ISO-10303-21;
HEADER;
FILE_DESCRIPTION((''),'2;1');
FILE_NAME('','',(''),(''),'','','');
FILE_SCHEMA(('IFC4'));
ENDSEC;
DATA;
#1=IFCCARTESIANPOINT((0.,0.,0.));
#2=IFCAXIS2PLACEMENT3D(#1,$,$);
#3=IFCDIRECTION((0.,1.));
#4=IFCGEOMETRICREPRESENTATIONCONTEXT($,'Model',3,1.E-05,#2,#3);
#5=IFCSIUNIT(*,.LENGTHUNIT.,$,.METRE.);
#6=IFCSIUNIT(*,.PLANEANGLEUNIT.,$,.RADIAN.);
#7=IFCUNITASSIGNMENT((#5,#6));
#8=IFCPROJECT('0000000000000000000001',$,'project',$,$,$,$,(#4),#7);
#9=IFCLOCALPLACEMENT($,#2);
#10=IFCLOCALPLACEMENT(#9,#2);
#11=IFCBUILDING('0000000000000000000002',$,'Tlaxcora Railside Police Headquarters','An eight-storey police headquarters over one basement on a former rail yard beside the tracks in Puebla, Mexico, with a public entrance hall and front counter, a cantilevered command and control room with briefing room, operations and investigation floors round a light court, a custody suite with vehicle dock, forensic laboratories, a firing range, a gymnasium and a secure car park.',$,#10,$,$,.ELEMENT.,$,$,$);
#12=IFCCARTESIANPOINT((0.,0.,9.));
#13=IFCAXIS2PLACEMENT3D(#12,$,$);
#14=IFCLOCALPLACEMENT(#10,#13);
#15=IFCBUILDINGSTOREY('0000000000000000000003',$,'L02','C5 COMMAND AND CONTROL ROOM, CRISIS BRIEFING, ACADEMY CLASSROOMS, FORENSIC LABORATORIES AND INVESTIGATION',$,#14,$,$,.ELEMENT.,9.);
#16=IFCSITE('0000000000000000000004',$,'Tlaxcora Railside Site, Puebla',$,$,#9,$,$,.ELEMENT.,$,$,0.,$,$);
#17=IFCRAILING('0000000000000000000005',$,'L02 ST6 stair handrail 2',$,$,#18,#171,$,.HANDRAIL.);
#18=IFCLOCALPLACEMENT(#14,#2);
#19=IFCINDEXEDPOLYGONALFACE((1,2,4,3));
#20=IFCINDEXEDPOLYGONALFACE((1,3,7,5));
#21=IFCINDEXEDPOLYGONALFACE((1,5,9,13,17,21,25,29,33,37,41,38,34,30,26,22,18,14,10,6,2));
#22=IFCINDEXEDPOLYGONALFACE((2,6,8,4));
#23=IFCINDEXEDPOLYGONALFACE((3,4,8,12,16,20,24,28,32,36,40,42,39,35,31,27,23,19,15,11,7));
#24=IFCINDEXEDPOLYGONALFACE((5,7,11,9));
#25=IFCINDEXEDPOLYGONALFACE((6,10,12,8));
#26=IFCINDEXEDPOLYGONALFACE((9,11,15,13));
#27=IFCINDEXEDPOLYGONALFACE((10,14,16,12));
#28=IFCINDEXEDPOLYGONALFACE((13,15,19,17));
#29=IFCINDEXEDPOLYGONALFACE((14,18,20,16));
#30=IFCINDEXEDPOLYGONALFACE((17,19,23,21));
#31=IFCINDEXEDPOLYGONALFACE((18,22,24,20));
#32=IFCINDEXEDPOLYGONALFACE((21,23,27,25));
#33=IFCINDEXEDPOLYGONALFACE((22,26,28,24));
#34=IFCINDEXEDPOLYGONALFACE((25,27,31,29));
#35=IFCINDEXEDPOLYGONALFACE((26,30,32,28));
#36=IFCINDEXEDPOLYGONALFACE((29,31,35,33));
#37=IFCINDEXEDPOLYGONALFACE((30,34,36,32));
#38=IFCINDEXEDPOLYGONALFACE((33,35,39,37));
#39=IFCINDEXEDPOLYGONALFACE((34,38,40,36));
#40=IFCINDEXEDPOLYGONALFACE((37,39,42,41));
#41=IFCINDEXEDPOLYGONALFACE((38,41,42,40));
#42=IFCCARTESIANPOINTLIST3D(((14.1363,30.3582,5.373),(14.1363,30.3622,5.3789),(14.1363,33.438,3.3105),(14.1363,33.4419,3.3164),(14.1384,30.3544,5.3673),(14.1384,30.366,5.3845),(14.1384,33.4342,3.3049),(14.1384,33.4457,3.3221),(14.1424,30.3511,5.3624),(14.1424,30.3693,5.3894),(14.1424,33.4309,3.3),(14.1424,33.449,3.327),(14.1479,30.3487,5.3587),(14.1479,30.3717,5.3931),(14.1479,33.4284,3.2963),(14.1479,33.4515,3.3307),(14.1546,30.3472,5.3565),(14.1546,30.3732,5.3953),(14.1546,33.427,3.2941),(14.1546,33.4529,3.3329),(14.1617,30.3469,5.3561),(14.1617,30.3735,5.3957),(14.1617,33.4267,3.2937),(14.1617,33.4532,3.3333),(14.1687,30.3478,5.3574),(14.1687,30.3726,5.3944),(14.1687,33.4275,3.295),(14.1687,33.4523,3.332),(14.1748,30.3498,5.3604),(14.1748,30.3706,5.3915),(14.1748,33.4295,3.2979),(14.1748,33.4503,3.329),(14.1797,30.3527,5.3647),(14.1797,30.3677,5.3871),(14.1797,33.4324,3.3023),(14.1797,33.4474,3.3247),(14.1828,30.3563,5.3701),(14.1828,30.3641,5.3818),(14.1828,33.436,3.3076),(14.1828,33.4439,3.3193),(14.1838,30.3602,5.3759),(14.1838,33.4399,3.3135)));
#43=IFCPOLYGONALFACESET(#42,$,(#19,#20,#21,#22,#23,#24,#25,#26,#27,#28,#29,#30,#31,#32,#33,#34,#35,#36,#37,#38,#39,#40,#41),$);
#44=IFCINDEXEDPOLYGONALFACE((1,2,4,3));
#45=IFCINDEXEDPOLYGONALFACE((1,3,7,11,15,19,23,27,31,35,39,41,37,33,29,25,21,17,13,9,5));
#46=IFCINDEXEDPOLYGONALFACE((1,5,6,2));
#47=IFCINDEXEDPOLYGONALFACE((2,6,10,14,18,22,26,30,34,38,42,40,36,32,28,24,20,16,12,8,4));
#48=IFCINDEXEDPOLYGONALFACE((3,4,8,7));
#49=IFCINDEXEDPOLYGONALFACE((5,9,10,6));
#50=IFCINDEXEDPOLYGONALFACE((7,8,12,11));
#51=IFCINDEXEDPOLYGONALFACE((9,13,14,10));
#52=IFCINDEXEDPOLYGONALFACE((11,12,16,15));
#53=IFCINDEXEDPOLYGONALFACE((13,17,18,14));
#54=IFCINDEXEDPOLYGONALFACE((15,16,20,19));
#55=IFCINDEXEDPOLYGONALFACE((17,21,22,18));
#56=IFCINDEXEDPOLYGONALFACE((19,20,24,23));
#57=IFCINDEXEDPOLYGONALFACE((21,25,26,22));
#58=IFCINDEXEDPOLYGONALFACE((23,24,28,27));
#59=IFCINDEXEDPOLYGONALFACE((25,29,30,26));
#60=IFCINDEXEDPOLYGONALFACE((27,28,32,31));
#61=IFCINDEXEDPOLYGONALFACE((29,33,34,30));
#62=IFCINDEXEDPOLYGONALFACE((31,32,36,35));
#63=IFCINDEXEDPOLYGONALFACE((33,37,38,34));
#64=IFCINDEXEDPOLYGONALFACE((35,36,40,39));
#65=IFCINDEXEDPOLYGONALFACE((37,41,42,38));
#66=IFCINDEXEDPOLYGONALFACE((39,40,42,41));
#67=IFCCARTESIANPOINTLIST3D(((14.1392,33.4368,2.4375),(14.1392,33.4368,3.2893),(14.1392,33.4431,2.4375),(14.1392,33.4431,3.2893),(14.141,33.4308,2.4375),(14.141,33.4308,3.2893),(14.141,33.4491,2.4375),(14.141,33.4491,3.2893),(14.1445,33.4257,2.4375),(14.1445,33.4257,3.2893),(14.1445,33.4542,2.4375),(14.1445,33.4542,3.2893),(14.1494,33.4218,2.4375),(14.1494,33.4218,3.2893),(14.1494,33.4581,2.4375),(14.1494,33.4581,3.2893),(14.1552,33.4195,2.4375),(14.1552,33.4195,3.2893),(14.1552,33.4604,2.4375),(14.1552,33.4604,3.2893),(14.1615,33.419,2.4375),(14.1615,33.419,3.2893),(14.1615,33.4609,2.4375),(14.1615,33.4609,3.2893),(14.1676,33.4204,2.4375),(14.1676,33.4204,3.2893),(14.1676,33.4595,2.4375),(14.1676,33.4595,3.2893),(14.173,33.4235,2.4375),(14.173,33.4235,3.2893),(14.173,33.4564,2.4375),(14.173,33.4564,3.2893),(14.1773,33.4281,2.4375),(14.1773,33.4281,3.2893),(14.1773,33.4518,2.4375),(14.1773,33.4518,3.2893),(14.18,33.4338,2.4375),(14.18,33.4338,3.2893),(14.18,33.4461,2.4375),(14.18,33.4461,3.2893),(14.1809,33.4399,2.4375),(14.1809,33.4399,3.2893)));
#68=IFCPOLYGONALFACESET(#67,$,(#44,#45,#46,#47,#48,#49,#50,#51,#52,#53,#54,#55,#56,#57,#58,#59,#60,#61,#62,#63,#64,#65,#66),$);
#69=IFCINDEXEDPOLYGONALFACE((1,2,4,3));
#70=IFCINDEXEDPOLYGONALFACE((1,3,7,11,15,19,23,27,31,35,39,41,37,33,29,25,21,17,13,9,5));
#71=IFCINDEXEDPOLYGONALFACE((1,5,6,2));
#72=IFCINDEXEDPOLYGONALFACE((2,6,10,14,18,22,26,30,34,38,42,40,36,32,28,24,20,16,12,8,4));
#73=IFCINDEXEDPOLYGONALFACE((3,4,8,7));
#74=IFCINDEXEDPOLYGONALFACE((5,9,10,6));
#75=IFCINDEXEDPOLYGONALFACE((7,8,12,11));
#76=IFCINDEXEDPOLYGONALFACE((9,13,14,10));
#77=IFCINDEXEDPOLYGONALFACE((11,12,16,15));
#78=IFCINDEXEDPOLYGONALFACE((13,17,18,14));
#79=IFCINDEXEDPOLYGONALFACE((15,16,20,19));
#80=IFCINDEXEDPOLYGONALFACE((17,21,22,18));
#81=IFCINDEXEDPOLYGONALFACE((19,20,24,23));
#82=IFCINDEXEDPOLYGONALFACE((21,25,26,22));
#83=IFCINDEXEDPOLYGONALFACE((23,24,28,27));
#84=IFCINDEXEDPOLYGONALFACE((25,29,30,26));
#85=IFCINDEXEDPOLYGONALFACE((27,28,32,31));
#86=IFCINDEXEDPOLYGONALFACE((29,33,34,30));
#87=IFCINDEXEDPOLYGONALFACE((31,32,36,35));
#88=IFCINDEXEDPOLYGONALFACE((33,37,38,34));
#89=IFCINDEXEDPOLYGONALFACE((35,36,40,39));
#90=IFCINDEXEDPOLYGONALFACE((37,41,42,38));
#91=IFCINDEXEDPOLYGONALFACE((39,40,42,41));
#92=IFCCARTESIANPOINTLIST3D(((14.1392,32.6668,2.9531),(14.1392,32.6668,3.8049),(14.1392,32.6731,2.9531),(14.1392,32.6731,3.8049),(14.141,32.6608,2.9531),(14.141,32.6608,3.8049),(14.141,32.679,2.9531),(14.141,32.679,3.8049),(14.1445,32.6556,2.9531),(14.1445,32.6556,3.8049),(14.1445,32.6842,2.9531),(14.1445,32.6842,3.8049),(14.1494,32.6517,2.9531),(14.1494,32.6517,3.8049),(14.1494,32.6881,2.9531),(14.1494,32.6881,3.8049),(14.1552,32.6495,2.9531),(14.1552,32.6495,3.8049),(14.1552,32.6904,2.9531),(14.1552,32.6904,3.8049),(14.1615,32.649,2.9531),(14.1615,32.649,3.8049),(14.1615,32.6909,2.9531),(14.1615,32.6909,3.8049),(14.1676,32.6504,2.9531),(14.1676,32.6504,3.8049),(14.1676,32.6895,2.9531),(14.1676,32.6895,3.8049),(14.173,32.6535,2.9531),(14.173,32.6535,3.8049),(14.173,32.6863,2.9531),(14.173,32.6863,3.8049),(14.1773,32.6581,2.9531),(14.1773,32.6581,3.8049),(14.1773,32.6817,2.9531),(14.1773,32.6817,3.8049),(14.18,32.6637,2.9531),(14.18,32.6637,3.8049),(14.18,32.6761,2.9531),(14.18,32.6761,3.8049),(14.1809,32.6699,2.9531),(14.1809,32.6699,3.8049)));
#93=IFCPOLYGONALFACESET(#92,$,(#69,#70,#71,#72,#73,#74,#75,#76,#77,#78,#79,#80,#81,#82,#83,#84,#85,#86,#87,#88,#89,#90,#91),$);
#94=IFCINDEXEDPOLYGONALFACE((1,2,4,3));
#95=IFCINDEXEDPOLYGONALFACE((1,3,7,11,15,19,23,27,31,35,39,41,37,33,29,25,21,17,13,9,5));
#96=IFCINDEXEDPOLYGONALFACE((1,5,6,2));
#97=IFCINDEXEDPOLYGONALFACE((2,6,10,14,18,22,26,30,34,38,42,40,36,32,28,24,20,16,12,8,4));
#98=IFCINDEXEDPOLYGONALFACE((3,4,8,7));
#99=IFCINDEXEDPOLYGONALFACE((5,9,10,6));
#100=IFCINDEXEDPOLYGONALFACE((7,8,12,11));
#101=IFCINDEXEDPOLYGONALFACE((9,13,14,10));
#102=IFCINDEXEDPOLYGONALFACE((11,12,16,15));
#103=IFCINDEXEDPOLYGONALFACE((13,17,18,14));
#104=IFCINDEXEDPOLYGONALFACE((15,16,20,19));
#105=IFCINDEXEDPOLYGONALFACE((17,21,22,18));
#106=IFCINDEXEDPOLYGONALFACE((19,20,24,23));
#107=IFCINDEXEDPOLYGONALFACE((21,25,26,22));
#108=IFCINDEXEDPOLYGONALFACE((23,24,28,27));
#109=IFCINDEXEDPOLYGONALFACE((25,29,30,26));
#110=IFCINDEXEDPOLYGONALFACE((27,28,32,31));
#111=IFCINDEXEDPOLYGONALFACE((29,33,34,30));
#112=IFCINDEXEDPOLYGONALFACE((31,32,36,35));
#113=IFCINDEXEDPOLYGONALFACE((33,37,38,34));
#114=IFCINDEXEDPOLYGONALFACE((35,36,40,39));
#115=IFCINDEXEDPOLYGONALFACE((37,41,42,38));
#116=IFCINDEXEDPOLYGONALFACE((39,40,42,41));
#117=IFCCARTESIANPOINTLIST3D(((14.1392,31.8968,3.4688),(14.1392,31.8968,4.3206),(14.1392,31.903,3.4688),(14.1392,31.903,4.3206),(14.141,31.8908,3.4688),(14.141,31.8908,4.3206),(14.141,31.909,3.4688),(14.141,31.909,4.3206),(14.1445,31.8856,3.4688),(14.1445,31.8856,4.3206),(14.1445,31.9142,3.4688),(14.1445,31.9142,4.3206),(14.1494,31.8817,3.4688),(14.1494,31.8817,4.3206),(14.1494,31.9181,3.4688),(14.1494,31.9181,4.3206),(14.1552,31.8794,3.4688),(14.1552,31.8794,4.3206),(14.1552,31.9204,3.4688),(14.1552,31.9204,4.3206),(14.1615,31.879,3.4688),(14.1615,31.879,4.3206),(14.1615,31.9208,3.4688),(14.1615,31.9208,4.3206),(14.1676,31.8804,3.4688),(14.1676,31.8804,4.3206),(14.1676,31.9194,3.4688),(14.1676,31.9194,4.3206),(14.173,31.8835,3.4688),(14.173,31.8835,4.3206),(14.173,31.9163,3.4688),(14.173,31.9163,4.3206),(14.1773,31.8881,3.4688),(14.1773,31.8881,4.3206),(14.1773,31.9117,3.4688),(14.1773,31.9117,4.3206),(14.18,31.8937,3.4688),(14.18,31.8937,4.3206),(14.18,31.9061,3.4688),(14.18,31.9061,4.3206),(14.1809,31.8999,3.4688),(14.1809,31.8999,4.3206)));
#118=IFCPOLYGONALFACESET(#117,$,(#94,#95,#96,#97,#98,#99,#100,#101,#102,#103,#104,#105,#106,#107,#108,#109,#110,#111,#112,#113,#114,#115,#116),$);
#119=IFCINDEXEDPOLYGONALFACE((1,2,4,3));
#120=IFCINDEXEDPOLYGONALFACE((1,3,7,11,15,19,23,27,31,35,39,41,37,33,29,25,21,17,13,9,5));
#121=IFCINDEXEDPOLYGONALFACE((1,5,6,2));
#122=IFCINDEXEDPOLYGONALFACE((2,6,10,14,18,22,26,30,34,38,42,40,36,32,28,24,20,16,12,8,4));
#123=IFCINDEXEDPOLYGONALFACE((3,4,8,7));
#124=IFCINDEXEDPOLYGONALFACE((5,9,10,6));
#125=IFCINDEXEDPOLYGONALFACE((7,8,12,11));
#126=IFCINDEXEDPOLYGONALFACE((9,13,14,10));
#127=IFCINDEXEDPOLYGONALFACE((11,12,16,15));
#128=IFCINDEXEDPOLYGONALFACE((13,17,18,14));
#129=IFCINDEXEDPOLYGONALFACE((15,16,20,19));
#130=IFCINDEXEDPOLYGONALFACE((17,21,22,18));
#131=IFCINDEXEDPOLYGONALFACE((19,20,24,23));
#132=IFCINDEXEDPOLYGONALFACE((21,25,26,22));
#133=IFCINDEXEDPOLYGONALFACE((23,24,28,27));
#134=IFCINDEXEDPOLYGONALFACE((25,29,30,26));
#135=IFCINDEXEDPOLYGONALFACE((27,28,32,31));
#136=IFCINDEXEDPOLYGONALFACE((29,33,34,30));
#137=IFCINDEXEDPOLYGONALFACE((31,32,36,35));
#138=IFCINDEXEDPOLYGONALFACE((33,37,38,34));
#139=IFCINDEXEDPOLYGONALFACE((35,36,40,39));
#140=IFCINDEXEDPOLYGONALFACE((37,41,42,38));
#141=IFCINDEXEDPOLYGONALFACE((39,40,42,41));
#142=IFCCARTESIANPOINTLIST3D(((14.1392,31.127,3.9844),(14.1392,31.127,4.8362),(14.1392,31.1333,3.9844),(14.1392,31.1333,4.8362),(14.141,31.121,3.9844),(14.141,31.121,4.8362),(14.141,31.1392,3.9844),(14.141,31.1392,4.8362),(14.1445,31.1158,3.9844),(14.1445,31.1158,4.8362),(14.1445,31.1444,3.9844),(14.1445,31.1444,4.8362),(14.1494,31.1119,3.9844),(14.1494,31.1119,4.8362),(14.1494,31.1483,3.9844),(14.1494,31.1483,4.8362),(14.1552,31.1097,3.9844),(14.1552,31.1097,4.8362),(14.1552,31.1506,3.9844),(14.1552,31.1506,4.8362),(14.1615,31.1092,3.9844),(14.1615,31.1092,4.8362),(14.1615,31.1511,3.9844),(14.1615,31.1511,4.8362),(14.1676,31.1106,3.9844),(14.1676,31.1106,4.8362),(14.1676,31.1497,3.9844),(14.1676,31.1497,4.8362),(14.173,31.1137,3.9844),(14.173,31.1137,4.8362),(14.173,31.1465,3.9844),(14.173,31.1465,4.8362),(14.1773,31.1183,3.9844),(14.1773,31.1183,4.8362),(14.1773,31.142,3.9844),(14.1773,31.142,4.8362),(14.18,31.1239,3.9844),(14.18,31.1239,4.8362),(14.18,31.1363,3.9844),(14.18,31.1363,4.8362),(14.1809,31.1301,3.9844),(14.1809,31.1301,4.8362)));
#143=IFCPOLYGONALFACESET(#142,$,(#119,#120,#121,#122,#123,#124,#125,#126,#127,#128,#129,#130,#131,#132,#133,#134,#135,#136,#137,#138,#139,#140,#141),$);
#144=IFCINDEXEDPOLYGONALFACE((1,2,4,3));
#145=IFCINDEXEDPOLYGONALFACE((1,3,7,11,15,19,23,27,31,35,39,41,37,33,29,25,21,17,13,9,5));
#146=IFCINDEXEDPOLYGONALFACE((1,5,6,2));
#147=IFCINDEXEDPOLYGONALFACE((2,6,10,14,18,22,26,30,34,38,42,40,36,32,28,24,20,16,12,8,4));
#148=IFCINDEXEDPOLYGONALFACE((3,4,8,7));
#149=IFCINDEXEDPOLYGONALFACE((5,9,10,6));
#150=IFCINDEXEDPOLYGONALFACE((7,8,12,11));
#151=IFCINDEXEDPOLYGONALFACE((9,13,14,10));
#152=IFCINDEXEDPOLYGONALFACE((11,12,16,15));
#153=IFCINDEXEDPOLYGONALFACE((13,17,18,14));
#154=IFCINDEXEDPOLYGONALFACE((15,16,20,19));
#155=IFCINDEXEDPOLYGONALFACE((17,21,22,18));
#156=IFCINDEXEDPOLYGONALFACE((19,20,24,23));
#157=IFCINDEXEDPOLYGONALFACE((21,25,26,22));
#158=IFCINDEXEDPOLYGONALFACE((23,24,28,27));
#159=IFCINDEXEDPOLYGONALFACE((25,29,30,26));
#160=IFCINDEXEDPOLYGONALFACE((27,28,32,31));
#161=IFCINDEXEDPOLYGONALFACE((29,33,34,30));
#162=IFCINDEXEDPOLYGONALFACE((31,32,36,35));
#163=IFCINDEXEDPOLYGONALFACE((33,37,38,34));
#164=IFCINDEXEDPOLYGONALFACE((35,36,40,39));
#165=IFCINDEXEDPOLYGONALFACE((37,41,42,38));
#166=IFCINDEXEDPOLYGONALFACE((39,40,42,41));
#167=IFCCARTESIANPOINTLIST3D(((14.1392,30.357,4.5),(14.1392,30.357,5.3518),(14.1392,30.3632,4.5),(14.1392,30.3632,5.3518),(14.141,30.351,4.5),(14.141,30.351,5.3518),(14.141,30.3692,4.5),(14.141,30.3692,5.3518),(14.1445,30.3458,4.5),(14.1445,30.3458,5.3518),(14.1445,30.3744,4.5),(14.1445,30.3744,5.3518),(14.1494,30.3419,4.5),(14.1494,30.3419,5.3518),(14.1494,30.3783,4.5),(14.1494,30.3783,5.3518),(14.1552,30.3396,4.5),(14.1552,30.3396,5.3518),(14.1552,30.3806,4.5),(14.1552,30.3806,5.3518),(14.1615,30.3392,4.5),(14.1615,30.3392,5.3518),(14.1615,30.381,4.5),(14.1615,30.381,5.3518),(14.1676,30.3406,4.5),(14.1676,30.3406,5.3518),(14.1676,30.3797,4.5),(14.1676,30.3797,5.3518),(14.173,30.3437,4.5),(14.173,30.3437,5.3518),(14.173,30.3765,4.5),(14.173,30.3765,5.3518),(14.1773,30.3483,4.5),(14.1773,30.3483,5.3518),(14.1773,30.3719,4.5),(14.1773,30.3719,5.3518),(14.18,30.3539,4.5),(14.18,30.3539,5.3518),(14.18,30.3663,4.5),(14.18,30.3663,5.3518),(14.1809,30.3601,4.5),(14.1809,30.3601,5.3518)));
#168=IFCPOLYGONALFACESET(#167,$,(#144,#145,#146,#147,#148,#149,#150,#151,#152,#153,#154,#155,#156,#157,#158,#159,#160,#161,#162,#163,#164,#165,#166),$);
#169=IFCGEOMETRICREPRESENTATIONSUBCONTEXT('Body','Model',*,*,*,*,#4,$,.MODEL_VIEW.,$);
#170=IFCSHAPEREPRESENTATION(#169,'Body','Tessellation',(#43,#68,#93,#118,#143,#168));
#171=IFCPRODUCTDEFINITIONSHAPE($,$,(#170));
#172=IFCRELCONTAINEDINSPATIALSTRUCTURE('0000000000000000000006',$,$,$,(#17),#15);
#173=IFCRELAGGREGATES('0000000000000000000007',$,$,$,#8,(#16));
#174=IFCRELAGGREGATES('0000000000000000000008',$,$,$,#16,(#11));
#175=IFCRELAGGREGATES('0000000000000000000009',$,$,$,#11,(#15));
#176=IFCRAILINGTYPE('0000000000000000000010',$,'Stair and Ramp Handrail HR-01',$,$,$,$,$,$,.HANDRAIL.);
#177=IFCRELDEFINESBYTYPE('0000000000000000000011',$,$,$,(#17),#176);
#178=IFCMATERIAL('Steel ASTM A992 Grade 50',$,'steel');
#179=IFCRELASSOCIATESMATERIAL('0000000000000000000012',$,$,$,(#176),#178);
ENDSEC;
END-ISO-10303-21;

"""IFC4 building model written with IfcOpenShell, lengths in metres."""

from ifc_helpers import new_model, si_unit, direction, frame, origin, origin_2d, place, context, subcontext, project, spatial, circle, extrude, material, type_object, element, save


model = new_model("IFC4")

# Units and contexts
model_context = context("Model", 3, precision=1e-05, world=origin(), true_north=direction((0.0, 1.0)))
body_context = subcontext(model_context, "Body", "Model", "MODEL_VIEW")
ifc_project = project(units=[si_unit("LENGTHUNIT", "METRE"), si_unit("PLANEANGLEUNIT", "RADIAN")], contexts=[model_context])

# Site, building, storey
site_placement = place(None, origin())
site = spatial("IfcSite", under=ifc_project, at=site_placement, Name="Tlaxcora Railside Site, Puebla", CompositionType="ELEMENT", RefElevation=0.0)
building_placement = place(site_placement, origin())
building = spatial("IfcBuilding", under=site, at=building_placement, Name="Tlaxcora Railside Police Headquarters", Description="An eight-storey police headquarters over one basement on a former rail yard beside the tracks in Puebla, Mexico, with a public entrance hall and front counter, a cantilevered command and control room with briefing room, operations and investigation floors round a light court, a custody suite with vehicle dock, forensic laboratories, a firing range, a gymnasium and a secure car park.", CompositionType="ELEMENT")
storey_placement = place(building_placement, frame((0.0, 0.0, 9.0)))
storey = spatial("IfcBuildingStorey", under=building, at=storey_placement, Name="L02", Description="C5 COMMAND AND CONTROL ROOM, CRISIS BRIEFING, ACADEMY CLASSROOMS, FORENSIC LABORATORIES AND INVESTIGATION", CompositionType="ELEMENT", Elevation=9.0)

# Shared definitions
ifc_material_1 = material(Name="Steel ASTM A992 Grade 50", Category="steel")

# Railing
railing_type_1 = type_object("IfcRailingType", Name="Stair and Ramp Handrail HR-01", PredefinedType="HANDRAIL", material=ifc_material_1)
railing_1_placement = place(storey_placement, frame((14.1599, 33.4399, 2.4375)))
element("IfcRailing", 1, at=railing_1_placement, inside=storey, type_object=railing_type_1, Name="L02 ST6 stair handrail 2", PredefinedType="HANDRAIL", context=body_context, shape_type="SweptSolid", body=[
    extrude(circle(Radius=0.0239, at=origin_2d()), frame((0.0, 0.0, 0.876), z_axis=(0.0, -0.830893, 0.556432), x_axis=(1.0, 0.0, 0.0)), (0.0, 0.0, 1.0), 3.7065),
    extrude(circle(Radius=0.021, at=origin_2d()), origin(), (0.0, 0.0, 1.0), 0.8518),
    extrude(circle(Radius=0.021, at=origin_2d()), frame((0.0, -0.77, 0.5156)), (0.0, 0.0, 1.0), 0.8518),
    extrude(circle(Radius=0.021, at=origin_2d()), frame((0.0, -1.54, 1.0312)), (0.0, 0.0, 1.0), 0.8518),
    extrude(circle(Radius=0.021, at=origin_2d()), frame((0.0, -2.3098, 1.5469)), (0.0, 0.0, 1.0), 0.8518),
    extrude(circle(Radius=0.021, at=origin_2d()), frame((0.0, -3.0798, 2.0625)), (0.0, 0.0, 1.0), 0.8518),
])

save(model, "model.ifc")
